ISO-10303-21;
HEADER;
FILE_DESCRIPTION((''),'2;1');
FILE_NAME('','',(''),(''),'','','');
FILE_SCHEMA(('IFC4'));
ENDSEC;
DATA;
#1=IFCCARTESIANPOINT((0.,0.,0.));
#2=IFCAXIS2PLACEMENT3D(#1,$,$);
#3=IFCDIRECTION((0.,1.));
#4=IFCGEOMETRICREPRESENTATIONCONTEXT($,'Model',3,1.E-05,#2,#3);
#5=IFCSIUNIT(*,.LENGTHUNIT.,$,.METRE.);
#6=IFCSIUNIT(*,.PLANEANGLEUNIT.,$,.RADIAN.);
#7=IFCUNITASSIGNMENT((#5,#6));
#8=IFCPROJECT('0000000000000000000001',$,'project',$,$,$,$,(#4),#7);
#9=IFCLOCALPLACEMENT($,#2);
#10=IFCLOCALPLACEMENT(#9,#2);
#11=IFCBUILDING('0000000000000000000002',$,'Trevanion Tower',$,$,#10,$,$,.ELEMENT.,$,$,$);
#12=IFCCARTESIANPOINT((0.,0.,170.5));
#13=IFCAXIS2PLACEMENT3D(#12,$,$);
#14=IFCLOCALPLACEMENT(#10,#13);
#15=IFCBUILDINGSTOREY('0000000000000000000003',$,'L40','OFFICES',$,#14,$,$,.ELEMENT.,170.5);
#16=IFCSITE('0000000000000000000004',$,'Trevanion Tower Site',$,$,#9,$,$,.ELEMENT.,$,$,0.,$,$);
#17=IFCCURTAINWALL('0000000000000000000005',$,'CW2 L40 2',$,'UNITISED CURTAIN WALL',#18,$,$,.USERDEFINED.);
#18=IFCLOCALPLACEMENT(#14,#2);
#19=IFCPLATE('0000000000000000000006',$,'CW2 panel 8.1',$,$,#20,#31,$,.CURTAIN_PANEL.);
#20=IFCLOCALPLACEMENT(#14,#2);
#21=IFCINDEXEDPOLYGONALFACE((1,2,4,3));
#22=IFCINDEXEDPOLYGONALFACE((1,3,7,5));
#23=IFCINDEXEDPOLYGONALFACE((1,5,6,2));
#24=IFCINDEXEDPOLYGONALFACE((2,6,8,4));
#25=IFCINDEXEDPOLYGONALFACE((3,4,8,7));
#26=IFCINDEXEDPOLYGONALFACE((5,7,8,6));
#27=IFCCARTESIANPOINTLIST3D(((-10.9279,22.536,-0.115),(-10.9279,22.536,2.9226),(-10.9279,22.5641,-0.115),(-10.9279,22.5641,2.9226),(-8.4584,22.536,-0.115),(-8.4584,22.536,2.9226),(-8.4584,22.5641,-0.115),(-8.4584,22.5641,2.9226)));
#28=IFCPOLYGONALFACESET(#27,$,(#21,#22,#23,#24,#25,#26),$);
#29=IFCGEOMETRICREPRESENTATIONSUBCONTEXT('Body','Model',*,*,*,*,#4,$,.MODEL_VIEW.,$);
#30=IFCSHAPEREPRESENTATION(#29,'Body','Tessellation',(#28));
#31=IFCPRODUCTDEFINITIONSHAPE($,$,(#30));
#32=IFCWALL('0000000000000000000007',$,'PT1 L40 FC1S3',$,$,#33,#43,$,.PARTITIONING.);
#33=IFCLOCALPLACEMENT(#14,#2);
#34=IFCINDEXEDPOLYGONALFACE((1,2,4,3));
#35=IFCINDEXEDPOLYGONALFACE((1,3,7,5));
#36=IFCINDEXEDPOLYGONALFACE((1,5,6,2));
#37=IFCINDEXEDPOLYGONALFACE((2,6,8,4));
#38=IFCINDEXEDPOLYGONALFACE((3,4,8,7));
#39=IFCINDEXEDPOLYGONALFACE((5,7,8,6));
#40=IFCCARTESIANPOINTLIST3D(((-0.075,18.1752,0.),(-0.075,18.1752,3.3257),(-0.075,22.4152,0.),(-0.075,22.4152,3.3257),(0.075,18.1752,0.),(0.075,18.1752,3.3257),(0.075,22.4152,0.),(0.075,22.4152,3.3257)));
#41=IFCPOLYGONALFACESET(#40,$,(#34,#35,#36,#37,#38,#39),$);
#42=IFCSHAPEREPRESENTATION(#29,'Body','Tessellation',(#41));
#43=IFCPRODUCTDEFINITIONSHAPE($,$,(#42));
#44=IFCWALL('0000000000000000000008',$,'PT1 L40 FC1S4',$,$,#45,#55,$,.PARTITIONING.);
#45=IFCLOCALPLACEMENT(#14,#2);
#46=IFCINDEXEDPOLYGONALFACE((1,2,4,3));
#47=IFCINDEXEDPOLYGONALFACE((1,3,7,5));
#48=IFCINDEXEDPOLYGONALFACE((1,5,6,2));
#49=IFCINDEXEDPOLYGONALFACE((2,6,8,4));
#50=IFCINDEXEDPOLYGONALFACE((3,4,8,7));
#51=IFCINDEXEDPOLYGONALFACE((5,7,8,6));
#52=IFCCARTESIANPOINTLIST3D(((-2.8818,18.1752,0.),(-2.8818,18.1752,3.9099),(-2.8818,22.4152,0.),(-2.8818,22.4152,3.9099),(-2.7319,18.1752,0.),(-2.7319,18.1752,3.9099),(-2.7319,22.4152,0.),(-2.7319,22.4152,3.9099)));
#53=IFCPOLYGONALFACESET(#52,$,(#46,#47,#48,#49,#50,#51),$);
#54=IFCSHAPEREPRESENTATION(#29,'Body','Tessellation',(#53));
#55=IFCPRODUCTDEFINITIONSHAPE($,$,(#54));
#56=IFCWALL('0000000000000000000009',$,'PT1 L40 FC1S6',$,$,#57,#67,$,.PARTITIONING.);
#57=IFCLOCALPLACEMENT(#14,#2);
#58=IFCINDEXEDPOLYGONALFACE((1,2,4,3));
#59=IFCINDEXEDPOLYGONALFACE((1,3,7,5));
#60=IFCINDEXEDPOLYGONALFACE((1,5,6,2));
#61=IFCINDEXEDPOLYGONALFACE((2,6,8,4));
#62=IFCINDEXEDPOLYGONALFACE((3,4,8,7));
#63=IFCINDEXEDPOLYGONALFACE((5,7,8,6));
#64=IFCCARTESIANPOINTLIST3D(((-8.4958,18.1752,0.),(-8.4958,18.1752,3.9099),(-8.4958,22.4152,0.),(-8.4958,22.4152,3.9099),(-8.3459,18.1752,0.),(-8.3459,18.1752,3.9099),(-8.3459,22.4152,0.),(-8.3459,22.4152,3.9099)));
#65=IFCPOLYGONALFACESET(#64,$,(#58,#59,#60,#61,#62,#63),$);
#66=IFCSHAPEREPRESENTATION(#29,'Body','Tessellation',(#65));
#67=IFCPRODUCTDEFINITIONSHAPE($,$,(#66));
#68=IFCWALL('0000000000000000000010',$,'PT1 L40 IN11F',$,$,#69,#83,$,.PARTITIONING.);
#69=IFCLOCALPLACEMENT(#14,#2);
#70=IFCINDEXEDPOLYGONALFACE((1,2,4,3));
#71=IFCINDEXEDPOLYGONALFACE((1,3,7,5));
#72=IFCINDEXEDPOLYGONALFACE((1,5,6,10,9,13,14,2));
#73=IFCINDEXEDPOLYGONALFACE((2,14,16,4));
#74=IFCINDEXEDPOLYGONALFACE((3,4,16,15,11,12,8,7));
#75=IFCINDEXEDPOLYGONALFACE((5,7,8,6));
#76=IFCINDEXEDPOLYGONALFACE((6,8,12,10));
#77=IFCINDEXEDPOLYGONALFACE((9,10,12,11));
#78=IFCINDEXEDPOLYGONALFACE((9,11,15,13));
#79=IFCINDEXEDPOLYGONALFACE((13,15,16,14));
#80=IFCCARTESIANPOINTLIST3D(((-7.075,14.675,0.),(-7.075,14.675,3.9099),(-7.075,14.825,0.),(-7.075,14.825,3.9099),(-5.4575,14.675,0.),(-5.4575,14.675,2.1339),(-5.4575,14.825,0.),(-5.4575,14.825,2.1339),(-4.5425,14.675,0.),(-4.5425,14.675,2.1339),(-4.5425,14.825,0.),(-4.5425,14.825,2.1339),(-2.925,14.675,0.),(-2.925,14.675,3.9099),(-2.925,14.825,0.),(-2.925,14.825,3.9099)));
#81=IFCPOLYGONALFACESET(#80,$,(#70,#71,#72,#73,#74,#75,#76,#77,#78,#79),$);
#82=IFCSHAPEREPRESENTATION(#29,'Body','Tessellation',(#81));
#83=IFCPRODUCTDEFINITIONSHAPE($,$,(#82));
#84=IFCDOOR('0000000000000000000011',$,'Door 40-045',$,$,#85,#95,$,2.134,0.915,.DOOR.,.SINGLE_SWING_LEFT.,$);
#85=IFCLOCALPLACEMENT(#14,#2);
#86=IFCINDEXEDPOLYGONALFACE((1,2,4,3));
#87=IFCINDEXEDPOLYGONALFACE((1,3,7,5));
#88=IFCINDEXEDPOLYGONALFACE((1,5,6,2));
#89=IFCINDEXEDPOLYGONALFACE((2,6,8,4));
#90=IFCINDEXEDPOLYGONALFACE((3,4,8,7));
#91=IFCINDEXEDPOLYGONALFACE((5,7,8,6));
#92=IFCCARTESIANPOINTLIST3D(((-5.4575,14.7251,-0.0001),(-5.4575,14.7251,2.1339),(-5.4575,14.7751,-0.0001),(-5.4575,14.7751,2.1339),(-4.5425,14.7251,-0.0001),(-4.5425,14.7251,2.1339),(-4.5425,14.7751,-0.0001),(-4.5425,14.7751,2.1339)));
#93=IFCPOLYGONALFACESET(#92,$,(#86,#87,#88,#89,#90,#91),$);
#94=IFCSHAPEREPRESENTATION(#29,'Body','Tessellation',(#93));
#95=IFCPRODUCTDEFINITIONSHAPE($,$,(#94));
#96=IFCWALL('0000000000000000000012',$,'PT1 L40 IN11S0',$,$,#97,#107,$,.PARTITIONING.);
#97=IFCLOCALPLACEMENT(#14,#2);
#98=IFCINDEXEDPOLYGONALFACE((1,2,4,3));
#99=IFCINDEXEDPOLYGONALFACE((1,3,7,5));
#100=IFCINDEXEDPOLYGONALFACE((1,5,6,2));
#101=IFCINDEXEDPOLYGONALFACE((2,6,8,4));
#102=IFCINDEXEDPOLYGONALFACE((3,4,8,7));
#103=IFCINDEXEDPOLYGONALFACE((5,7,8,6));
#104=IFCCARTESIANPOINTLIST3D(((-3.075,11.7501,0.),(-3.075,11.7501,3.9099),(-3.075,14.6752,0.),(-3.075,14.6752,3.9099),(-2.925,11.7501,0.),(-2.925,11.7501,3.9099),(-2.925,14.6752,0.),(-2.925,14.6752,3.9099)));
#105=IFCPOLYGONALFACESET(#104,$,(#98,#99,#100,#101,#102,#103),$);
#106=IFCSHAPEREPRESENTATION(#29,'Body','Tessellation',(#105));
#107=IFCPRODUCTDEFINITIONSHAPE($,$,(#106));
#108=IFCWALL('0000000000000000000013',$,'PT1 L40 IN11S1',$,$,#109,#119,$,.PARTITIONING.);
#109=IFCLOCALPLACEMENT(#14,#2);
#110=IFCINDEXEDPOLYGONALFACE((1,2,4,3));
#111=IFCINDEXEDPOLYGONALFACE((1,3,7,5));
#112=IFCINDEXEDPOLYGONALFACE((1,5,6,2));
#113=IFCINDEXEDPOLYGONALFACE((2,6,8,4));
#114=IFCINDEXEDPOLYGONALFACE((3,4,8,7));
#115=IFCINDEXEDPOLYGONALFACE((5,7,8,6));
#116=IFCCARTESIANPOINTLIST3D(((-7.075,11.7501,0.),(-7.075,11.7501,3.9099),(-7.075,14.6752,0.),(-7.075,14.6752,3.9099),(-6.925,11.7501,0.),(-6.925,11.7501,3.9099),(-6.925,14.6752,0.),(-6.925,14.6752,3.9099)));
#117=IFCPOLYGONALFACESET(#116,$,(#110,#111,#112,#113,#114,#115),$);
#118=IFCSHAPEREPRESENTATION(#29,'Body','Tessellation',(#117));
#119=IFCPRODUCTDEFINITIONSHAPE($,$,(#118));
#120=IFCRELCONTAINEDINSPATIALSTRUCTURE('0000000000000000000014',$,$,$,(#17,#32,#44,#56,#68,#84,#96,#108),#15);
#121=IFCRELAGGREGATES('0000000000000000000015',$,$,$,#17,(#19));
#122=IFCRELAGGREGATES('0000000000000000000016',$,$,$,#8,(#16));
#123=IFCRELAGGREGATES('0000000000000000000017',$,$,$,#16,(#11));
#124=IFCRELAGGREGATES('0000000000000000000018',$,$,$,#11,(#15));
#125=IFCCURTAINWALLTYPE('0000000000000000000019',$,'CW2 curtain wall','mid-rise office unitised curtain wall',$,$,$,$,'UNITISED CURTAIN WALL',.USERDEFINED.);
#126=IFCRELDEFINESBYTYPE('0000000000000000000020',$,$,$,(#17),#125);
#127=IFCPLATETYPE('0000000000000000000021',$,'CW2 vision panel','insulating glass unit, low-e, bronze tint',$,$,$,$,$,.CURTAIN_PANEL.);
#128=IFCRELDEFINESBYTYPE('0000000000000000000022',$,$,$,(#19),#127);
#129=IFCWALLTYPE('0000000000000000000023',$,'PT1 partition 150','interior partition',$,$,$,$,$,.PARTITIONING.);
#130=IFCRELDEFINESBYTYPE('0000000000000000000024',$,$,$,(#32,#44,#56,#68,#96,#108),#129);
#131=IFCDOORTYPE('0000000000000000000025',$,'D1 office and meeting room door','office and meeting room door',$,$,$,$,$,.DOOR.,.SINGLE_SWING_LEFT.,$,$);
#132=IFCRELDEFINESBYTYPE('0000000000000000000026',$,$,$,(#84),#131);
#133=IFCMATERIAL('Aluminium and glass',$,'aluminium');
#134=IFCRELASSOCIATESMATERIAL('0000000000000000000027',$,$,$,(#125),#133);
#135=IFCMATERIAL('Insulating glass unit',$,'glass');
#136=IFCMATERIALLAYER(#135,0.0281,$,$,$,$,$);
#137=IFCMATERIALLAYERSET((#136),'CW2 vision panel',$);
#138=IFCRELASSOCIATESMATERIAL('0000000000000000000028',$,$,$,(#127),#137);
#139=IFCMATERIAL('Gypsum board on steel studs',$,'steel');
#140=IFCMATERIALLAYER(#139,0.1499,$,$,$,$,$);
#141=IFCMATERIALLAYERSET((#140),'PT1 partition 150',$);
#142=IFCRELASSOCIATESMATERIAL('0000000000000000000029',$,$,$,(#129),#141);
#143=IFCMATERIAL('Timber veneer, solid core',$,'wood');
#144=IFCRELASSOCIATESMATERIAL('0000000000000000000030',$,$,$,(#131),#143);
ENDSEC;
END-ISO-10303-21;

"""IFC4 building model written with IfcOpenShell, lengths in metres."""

from ifc_helpers import new_model, si_unit, direction, frame, frame_2d, origin, origin_2d, place, context, subcontext, project, spatial, rectangle, extrude, material, layer, layer_set, type_object, element, fill, aggregate, save


model = new_model("IFC4")

# Units and contexts
model_context = context("Model", 3, precision=1e-05, world=origin(), true_north=direction((0.0, 1.0)))
body_context = subcontext(model_context, "Body", "Model", "MODEL_VIEW")
ifc_project = project(units=[si_unit("LENGTHUNIT", "METRE"), si_unit("PLANEANGLEUNIT", "RADIAN")], contexts=[model_context])

# Site, building, storey
site_placement = place(None, origin())
site = spatial("IfcSite", under=ifc_project, at=site_placement, Name="Trevanion Tower Site", CompositionType="ELEMENT", RefElevation=0.0)
building_placement = place(site_placement, origin())
building = spatial("IfcBuilding", under=site, at=building_placement, Name="Trevanion Tower", CompositionType="ELEMENT")
storey_placement = place(building_placement, frame((0.0, 0.0, 170.5)))
storey = spatial("IfcBuildingStorey", under=building, at=storey_placement, Name="L40", Description="OFFICES", CompositionType="ELEMENT", Elevation=170.5)

# Curtain wall
ifc_material_1 = material(Name="Aluminium and glass", Category="aluminium")
curtain_wall_type = type_object("IfcCurtainWallType", Name="CW2 curtain wall", Description="mid-rise office unitised curtain wall", ElementType="UNITISED CURTAIN WALL", PredefinedType="USERDEFINED", material=ifc_material_1)
curtain_wall_placement = place(storey_placement, origin())
curtain_wall = element("IfcCurtainWall", 1, at=curtain_wall_placement, inside=storey, type_object=curtain_wall_type, Name="CW2 L40 2", ObjectType="UNITISED CURTAIN WALL", PredefinedType="USERDEFINED")

# Plate
ifc_material_2 = material(Name="Insulating glass unit", Category="glass")
ifc_layer_1 = layer(ifc_material_2, 0.0281)
ifc_layer_set_1 = layer_set([ifc_layer_1], Name="CW2 vision panel")
plate_type_1 = type_object("IfcPlateType", Name="CW2 vision panel", Description="insulating glass unit, low-e, bronze tint", PredefinedType="CURTAIN_PANEL", material=ifc_layer_set_1)
plate_1_placement = place(storey_placement, frame((-9.6931, 22.55, -0.115), z_axis=(0.0, 0.0, 1.0), x_axis=(-1.0, 0.0, 0.0)))
plate_1 = element("IfcPlate", 2, at=plate_1_placement, type_object=plate_type_1, Name="CW2 panel 8.1", PredefinedType="CURTAIN_PANEL", context=body_context, shape_type="SweptSolid", body=[
    extrude(rectangle(XDim=2.4695, YDim=0.0281, at=origin_2d()), origin(), (0.0, 0.0, 1.0), 3.0376),
])
aggregate(curtain_wall, [plate_1])

# Walls
ifc_material_3 = material(Name="Gypsum board on steel studs", Category="steel")
ifc_layer_2 = layer(ifc_material_3, 0.1499)
ifc_layer_set_2 = layer_set([ifc_layer_2], Name="PT1 partition 150")
wall_type = type_object("IfcWallType", Name="PT1 partition 150", Description="interior partition", PredefinedType="PARTITIONING", material=ifc_layer_set_2)
wall_1_placement = place(storey_placement, frame((0.0, 18.175, 0.0), z_axis=(0.0, 0.0, 1.0), x_axis=(0.0, 1.0, 0.0)))
element("IfcWall", 3, at=wall_1_placement, inside=storey, type_object=wall_type, Name="PT1 L40 FC1S3", PredefinedType="PARTITIONING", context=body_context, shape_type="SweptSolid", body=[
    extrude(rectangle(XDim=4.24, YDim=0.1499, at=frame_2d((2.1201, 0.0))), origin(), (0.0, 0.0, 1.0), 3.3257),
])
for number, where, z_axis, x_axis, name in (
    (4, (-2.8069, 18.175, 0.0), (0.0, 0.0, 1.0), (0.0, 1.0, 0.0), "PT1 L40 FC1S4"),
    (5, (-8.4209, 18.175, 0.0), (0.0, 0.0, 1.0), (0.0, 1.0, 0.0), "PT1 L40 FC1S6"),
):
    element("IfcWall", number, at=place(storey_placement, frame(where, z_axis=z_axis, x_axis=x_axis)), inside=storey, type_object=wall_type, Name=name, PredefinedType="PARTITIONING", context=body_context, shape_type="SweptSolid", body=[
        extrude(rectangle(XDim=4.24, YDim=0.1499, at=frame_2d((2.1201, 0.0))), origin(), (0.0, 0.0, 1.0), 3.9099),
    ])

# Wall, opening, door
wall_2_placement = place(storey_placement, frame((-2.925, 14.75, 0.0), z_axis=(0.0, 0.0, 1.0), x_axis=(-1.0, 0.0, 0.0)))
wall_2 = element("IfcWall", 6, at=wall_2_placement, inside=storey, type_object=wall_type, Name="PT1 L40 IN11F", PredefinedType="PARTITIONING", context=body_context, shape_type="SweptSolid", body=[
    extrude(rectangle(XDim=4.1499, YDim=0.1499, at=frame_2d((2.075, 0.0))), origin(), (0.0, 0.0, 1.0), 3.9099),
])
opening_placement = place(wall_2_placement, frame((1.6174, 0.0, 0.0)))
opening = element("IfcOpeningElement", 7, at=opening_placement, cuts=wall_2, PredefinedType="OPENING", context=body_context, shape_type="SweptSolid", body=[
    extrude(rectangle(XDim=0.915, YDim=2.134, at=frame_2d((0.4575, 1.0669))), frame((0.0, 0.085, 0.0), z_axis=(0.0, -1.0, 0.0), x_axis=(1.0, 0.0, 0.0)), (0.0, 0.0, 1.0), 0.1699),
])
ifc_material_4 = material(Name="Timber veneer, solid core", Category="wood")
door_type = type_object("IfcDoorType", Name="D1 office and meeting room door", Description="office and meeting room door", OperationType="SINGLE_SWING_LEFT", PredefinedType="DOOR", material=ifc_material_4)
door_placement = place(opening_placement, origin())
door = element("IfcDoor", 8, at=door_placement, inside=storey, type_object=door_type, Name="Door 40-045", OperationType="SINGLE_SWING_LEFT", OverallHeight=2.134, OverallWidth=0.915, PredefinedType="DOOR", context=body_context, shape_type="SweptSolid", body=[
    extrude(rectangle(XDim=0.915, YDim=2.134, at=frame_2d((0.4575, 1.0669))), frame((0.0, 0.0249, 0.0), z_axis=(0.0, -1.0, 0.0), x_axis=(1.0, 0.0, 0.0)), (0.0, 0.0, 1.0), 0.05),
])
fill(opening, door)

# Walls
for number, where, z_axis, x_axis, name in (
    (9, (-3.0, 14.675, 0.0), (0.0, 0.0, 1.0), (0.0, -1.0, 0.0), "PT1 L40 IN11S0"),
    (10, (-7.0, 14.675, 0.0), (0.0, 0.0, 1.0), (0.0, -1.0, 0.0), "PT1 L40 IN11S1"),
):
    element("IfcWall", number, at=place(storey_placement, frame(where, z_axis=z_axis, x_axis=x_axis)), inside=storey, type_object=wall_type, Name=name, PredefinedType="PARTITIONING", context=body_context, shape_type="SweptSolid", body=[
        extrude(rectangle(XDim=2.925, YDim=0.1499, at=frame_2d((1.4624, 0.0))), origin(), (0.0, 0.0, 1.0), 3.9099),
    ])

save(model, "model.ifc")
